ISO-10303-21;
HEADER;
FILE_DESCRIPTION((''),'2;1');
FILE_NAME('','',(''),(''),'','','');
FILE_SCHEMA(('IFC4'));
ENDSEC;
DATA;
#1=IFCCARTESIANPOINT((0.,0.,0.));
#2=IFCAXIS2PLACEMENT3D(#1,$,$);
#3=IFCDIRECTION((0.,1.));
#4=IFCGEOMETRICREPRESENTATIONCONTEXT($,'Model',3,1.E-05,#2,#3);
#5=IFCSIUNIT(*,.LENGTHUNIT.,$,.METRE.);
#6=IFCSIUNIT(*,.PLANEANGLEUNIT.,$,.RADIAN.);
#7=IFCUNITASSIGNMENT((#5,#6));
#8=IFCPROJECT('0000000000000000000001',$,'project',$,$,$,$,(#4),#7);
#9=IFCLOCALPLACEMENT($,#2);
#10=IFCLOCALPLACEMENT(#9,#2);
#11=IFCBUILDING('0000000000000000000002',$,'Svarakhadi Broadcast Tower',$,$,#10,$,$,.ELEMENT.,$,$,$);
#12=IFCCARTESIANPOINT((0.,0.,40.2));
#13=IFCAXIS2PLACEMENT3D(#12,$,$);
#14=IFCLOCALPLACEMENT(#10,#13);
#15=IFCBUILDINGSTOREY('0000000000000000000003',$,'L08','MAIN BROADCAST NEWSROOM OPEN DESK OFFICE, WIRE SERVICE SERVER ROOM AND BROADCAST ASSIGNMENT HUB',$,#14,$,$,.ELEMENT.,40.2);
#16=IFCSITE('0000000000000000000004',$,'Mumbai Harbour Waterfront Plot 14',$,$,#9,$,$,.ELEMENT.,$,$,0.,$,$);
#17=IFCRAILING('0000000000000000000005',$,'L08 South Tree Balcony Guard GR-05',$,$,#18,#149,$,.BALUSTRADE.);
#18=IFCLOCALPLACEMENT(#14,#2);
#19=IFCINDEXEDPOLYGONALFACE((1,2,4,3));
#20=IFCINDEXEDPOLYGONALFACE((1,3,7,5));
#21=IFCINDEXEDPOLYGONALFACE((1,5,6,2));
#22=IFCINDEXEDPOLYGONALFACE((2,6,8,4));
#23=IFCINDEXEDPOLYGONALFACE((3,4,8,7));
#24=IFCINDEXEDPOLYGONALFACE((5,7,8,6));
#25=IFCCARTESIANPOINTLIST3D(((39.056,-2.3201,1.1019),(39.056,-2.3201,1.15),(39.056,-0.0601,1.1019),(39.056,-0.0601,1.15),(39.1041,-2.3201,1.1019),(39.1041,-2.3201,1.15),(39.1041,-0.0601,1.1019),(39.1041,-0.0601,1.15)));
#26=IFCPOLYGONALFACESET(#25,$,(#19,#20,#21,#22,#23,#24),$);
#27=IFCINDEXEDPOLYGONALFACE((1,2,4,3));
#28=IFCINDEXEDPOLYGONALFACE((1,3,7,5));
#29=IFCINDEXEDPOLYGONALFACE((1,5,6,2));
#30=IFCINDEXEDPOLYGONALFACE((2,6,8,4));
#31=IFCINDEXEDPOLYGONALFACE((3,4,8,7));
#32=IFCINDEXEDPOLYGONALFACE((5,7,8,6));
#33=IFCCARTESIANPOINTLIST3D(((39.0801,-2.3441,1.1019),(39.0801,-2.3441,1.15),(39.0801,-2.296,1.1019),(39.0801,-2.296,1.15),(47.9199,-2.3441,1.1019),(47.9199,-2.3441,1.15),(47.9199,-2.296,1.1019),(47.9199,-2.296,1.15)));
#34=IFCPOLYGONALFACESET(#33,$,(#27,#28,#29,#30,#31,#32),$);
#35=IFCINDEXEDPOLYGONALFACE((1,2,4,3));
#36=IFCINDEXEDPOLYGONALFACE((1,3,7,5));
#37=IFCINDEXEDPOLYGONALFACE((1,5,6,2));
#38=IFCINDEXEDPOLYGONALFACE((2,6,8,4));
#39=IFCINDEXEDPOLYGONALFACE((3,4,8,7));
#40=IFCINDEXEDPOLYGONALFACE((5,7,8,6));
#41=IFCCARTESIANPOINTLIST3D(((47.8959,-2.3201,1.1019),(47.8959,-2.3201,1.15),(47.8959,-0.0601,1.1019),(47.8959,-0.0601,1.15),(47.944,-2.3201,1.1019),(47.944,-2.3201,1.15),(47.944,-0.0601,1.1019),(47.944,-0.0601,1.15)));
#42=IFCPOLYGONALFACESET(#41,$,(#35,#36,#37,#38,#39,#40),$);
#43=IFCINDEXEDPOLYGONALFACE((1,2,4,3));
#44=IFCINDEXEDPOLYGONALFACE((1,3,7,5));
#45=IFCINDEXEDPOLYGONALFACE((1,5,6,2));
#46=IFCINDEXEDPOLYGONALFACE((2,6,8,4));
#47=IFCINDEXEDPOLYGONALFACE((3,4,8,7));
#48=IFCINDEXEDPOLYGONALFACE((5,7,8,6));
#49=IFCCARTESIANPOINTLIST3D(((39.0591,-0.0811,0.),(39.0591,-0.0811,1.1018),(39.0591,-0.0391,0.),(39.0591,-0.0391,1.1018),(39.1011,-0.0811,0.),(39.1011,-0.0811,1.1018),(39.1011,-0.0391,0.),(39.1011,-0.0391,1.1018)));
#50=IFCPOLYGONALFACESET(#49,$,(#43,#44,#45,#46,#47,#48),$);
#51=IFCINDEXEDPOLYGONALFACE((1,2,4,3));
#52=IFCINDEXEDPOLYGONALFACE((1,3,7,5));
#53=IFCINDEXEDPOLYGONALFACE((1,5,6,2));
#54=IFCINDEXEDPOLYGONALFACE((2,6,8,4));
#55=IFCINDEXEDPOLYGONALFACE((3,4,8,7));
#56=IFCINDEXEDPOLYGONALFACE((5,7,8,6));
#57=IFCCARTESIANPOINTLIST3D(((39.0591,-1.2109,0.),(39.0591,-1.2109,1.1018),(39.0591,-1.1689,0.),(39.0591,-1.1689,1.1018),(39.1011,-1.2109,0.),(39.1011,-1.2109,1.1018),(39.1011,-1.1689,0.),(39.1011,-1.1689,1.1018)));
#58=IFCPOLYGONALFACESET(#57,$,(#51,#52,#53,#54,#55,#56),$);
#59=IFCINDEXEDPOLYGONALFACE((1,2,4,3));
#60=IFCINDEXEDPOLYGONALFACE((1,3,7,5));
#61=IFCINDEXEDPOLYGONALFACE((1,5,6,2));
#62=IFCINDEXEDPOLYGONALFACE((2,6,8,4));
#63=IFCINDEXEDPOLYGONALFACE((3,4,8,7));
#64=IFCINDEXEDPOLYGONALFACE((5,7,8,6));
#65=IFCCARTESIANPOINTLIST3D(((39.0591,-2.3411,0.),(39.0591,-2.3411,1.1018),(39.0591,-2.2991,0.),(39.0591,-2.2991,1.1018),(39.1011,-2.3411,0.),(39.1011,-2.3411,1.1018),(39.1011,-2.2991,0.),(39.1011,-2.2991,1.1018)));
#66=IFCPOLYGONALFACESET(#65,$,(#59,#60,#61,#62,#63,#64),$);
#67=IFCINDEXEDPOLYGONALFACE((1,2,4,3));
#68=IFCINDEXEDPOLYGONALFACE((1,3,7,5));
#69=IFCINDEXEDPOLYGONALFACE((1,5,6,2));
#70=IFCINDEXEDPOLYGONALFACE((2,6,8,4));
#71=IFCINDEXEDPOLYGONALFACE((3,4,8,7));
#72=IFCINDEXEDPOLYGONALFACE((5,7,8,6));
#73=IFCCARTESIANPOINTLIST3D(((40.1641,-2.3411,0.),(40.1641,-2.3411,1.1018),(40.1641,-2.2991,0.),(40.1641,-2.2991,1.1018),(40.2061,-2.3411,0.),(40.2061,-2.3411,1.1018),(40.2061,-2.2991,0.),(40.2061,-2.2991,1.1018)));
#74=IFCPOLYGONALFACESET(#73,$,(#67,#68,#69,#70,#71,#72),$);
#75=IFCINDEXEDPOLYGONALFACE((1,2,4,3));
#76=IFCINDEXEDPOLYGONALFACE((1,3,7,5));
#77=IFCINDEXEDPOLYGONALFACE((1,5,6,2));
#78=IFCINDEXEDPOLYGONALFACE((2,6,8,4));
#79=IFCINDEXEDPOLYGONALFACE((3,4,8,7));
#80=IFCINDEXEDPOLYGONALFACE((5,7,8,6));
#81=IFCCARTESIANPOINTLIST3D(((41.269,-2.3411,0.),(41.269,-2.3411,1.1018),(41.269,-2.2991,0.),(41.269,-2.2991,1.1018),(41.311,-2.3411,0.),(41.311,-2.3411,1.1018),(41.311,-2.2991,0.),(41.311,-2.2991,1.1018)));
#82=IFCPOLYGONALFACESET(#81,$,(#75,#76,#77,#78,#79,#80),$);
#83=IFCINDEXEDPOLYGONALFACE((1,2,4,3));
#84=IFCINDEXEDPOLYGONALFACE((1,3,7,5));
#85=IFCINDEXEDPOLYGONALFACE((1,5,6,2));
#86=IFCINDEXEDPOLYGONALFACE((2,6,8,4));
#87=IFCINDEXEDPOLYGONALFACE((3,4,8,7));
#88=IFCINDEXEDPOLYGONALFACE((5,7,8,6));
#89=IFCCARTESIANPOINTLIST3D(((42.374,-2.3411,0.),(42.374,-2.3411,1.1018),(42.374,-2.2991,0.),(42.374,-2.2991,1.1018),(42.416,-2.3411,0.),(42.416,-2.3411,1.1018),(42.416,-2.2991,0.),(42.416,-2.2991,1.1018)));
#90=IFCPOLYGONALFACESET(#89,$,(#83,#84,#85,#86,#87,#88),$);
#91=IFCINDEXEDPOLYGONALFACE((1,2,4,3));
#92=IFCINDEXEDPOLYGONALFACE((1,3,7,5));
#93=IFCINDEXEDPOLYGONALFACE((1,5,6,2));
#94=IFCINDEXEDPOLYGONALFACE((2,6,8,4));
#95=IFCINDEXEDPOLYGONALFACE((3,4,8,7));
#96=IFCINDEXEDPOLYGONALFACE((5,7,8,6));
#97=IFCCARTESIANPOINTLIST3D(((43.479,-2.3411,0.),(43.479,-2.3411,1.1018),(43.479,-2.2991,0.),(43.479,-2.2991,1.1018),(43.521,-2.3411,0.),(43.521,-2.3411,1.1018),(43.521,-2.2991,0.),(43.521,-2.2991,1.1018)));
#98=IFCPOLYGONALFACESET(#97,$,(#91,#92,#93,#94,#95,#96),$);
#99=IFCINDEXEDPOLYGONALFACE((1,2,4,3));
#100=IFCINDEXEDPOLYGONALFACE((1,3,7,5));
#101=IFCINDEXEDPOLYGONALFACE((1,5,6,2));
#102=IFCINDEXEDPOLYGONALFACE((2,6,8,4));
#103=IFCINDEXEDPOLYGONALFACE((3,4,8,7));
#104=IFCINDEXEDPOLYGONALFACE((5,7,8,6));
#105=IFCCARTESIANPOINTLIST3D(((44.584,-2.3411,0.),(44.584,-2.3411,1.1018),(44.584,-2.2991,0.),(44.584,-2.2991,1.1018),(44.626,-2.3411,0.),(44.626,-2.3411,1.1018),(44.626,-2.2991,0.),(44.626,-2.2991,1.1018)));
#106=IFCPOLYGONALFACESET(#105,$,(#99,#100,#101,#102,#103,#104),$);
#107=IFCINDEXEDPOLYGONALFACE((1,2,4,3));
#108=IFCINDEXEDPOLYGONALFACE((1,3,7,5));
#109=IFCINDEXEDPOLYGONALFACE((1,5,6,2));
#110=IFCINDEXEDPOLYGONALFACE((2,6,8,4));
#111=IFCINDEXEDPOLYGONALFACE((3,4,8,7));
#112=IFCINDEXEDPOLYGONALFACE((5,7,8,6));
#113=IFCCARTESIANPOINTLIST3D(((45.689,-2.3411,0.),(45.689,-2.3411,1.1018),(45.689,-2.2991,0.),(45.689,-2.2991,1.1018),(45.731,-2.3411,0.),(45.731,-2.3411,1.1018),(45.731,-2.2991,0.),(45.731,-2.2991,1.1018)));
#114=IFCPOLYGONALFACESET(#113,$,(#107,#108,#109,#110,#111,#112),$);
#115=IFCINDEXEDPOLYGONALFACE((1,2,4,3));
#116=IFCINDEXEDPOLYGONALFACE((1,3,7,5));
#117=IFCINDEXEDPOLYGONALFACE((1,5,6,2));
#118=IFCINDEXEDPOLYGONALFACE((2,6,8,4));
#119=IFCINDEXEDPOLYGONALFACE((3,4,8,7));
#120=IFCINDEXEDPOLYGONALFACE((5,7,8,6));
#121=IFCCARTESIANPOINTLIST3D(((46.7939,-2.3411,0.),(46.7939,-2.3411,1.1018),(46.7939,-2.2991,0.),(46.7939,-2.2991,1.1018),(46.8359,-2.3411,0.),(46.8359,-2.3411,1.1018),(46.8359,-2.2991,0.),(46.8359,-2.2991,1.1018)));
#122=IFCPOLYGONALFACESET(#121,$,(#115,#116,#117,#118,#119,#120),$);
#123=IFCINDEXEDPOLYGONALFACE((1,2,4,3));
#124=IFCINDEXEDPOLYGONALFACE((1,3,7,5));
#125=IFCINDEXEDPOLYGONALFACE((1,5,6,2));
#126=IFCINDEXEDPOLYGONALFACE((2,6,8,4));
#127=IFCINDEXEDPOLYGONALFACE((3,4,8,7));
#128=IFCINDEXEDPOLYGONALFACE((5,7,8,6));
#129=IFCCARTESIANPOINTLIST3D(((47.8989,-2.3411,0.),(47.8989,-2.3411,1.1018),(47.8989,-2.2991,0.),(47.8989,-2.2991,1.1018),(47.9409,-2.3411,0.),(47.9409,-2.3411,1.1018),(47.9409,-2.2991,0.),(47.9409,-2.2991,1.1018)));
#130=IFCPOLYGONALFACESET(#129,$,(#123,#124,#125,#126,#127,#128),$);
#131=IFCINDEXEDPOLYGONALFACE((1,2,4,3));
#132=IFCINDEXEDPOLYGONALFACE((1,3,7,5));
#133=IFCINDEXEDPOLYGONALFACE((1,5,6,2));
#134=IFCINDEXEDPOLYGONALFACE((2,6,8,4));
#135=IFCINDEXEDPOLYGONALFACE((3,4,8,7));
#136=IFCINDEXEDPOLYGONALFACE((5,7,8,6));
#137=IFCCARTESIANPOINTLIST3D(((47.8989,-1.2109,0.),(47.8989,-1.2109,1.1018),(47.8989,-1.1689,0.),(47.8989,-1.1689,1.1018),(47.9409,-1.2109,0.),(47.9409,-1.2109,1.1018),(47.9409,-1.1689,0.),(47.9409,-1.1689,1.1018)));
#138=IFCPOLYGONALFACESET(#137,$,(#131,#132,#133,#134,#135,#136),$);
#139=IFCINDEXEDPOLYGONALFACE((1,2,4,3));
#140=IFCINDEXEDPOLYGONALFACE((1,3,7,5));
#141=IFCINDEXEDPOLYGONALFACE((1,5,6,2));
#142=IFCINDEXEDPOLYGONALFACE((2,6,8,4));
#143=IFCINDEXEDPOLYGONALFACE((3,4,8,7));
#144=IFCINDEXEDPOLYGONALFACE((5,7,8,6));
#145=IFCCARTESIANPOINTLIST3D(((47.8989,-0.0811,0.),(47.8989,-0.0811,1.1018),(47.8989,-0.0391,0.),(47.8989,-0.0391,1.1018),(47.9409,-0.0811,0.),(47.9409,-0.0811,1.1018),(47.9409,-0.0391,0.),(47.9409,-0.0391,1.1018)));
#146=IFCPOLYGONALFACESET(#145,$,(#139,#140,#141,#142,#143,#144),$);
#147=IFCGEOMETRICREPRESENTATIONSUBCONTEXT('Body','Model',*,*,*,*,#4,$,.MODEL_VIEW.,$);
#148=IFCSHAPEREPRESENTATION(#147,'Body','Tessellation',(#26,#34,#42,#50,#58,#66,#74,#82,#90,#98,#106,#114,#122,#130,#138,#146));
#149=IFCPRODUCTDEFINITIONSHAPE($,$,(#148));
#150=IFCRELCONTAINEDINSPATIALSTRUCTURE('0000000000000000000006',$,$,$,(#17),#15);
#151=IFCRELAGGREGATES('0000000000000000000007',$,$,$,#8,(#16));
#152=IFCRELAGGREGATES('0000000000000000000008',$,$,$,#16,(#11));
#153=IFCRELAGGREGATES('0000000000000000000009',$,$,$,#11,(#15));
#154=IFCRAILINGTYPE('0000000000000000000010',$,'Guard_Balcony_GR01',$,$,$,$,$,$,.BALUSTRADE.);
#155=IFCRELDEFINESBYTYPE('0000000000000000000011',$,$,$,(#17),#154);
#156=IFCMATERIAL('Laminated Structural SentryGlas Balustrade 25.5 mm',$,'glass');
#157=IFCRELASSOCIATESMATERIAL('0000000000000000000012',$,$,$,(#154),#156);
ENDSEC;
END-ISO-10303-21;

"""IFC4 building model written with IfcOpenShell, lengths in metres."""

from ifc_helpers import new_model, si_unit, direction, frame, origin, origin_2d, place, context, subcontext, project, spatial, rectangle, extrude, material, type_object, element, save


model = new_model("IFC4")

# Units and contexts
model_context = context("Model", 3, precision=1e-05, world=origin(), true_north=direction((0.0, 1.0)))
body_context = subcontext(model_context, "Body", "Model", "MODEL_VIEW")
ifc_project = project(units=[si_unit("LENGTHUNIT", "METRE"), si_unit("PLANEANGLEUNIT", "RADIAN")], contexts=[model_context])

# Site, building, storey
site_placement = place(None, origin())
site = spatial("IfcSite", under=ifc_project, at=site_placement, Name="Mumbai Harbour Waterfront Plot 14", CompositionType="ELEMENT", RefElevation=0.0)
building_placement = place(site_placement, origin())
building = spatial("IfcBuilding", under=site, at=building_placement, Name="Svarakhadi Broadcast Tower", CompositionType="ELEMENT")
storey_placement = place(building_placement, frame((0.0, 0.0, 40.2)))
storey = spatial("IfcBuildingStorey", under=building, at=storey_placement, Name="L08", Description="MAIN BROADCAST NEWSROOM OPEN DESK OFFICE, WIRE SERVICE SERVER ROOM AND BROADCAST ASSIGNMENT HUB", CompositionType="ELEMENT", Elevation=40.2)

# Railing
ifc_material_1 = material(Name="Laminated Structural SentryGlas Balustrade 25.5 mm", Category="glass")
railing_type = type_object("IfcRailingType", Name="Guard_Balcony_GR01", PredefinedType="BALUSTRADE", material=ifc_material_1)
railing_placement = place(storey_placement, frame((39.0801, -0.0601, 0.0)))
element("IfcRailing", 1, at=railing_placement, inside=storey, type_object=railing_type, Name="L08 South Tree Balcony Guard GR-05", PredefinedType="BALUSTRADE", context=body_context, shape_type="SweptSolid", body=[
    extrude(rectangle(XDim=0.0481, YDim=0.0481, at=origin_2d()), frame((0.0, 0.0, 1.126), z_axis=(0.0, -1.0, 0.0), x_axis=(1.0, 0.0, 0.0)), (0.0, 0.0, 1.0), 2.26),
    extrude(rectangle(XDim=0.0481, YDim=0.0481, at=origin_2d()), frame((0.0, -2.26, 1.126), z_axis=(1.0, 0.0, 0.0), x_axis=(0.0, 1.0, 0.0)), (0.0, 0.0, 1.0), 8.8398),
    extrude(rectangle(XDim=0.0481, YDim=0.0481, at=origin_2d()), frame((8.8398, -2.26, 1.126), z_axis=(0.0, 1.0, 0.0), x_axis=(-1.0, 0.0, 0.0)), (0.0, 0.0, 1.0), 2.26),
    extrude(rectangle(XDim=0.042, YDim=0.042, at=origin_2d()), origin(), (0.0, 0.0, 1.0), 1.1018),
    extrude(rectangle(XDim=0.042, YDim=0.042, at=origin_2d()), frame((0.0, -1.1299, 0.0)), (0.0, 0.0, 1.0), 1.1018),
    extrude(rectangle(XDim=0.042, YDim=0.042, at=origin_2d()), frame((0.0, -2.26, 0.0)), (0.0, 0.0, 1.0), 1.1018),
    extrude(rectangle(XDim=0.042, YDim=0.042, at=origin_2d()), frame((1.105, -2.26, 0.0)), (0.0, 0.0, 1.0), 1.1018),
    extrude(rectangle(XDim=0.042, YDim=0.042, at=origin_2d()), frame((2.21, -2.26, 0.0)), (0.0, 0.0, 1.0), 1.1018),
    extrude(rectangle(XDim=0.042, YDim=0.042, at=origin_2d()), frame((3.3149, -2.26, 0.0)), (0.0, 0.0, 1.0), 1.1018),
    extrude(rectangle(XDim=0.042, YDim=0.042, at=origin_2d()), frame((4.4199, -2.26, 0.0)), (0.0, 0.0, 1.0), 1.1018),
    extrude(rectangle(XDim=0.042, YDim=0.042, at=origin_2d()), frame((5.5249, -2.26, 0.0)), (0.0, 0.0, 1.0), 1.1018),
    extrude(rectangle(XDim=0.042, YDim=0.042, at=origin_2d()), frame((6.6299, -2.26, 0.0)), (0.0, 0.0, 1.0), 1.1018),
    extrude(rectangle(XDim=0.042, YDim=0.042, at=origin_2d()), frame((7.7349, -2.26, 0.0)), (0.0, 0.0, 1.0), 1.1018),
    extrude(rectangle(XDim=0.042, YDim=0.042, at=origin_2d()), frame((8.8398, -2.26, 0.0)), (0.0, 0.0, 1.0), 1.1018),
    extrude(rectangle(XDim=0.042, YDim=0.042, at=origin_2d()), frame((8.8398, -1.1299, 0.0)), (0.0, 0.0, 1.0), 1.1018),
    extrude(rectangle(XDim=0.042, YDim=0.042, at=origin_2d()), frame((8.8398, 0.0, 0.0)), (0.0, 0.0, 1.0), 1.1018),
])

save(model, "model.ifc")
